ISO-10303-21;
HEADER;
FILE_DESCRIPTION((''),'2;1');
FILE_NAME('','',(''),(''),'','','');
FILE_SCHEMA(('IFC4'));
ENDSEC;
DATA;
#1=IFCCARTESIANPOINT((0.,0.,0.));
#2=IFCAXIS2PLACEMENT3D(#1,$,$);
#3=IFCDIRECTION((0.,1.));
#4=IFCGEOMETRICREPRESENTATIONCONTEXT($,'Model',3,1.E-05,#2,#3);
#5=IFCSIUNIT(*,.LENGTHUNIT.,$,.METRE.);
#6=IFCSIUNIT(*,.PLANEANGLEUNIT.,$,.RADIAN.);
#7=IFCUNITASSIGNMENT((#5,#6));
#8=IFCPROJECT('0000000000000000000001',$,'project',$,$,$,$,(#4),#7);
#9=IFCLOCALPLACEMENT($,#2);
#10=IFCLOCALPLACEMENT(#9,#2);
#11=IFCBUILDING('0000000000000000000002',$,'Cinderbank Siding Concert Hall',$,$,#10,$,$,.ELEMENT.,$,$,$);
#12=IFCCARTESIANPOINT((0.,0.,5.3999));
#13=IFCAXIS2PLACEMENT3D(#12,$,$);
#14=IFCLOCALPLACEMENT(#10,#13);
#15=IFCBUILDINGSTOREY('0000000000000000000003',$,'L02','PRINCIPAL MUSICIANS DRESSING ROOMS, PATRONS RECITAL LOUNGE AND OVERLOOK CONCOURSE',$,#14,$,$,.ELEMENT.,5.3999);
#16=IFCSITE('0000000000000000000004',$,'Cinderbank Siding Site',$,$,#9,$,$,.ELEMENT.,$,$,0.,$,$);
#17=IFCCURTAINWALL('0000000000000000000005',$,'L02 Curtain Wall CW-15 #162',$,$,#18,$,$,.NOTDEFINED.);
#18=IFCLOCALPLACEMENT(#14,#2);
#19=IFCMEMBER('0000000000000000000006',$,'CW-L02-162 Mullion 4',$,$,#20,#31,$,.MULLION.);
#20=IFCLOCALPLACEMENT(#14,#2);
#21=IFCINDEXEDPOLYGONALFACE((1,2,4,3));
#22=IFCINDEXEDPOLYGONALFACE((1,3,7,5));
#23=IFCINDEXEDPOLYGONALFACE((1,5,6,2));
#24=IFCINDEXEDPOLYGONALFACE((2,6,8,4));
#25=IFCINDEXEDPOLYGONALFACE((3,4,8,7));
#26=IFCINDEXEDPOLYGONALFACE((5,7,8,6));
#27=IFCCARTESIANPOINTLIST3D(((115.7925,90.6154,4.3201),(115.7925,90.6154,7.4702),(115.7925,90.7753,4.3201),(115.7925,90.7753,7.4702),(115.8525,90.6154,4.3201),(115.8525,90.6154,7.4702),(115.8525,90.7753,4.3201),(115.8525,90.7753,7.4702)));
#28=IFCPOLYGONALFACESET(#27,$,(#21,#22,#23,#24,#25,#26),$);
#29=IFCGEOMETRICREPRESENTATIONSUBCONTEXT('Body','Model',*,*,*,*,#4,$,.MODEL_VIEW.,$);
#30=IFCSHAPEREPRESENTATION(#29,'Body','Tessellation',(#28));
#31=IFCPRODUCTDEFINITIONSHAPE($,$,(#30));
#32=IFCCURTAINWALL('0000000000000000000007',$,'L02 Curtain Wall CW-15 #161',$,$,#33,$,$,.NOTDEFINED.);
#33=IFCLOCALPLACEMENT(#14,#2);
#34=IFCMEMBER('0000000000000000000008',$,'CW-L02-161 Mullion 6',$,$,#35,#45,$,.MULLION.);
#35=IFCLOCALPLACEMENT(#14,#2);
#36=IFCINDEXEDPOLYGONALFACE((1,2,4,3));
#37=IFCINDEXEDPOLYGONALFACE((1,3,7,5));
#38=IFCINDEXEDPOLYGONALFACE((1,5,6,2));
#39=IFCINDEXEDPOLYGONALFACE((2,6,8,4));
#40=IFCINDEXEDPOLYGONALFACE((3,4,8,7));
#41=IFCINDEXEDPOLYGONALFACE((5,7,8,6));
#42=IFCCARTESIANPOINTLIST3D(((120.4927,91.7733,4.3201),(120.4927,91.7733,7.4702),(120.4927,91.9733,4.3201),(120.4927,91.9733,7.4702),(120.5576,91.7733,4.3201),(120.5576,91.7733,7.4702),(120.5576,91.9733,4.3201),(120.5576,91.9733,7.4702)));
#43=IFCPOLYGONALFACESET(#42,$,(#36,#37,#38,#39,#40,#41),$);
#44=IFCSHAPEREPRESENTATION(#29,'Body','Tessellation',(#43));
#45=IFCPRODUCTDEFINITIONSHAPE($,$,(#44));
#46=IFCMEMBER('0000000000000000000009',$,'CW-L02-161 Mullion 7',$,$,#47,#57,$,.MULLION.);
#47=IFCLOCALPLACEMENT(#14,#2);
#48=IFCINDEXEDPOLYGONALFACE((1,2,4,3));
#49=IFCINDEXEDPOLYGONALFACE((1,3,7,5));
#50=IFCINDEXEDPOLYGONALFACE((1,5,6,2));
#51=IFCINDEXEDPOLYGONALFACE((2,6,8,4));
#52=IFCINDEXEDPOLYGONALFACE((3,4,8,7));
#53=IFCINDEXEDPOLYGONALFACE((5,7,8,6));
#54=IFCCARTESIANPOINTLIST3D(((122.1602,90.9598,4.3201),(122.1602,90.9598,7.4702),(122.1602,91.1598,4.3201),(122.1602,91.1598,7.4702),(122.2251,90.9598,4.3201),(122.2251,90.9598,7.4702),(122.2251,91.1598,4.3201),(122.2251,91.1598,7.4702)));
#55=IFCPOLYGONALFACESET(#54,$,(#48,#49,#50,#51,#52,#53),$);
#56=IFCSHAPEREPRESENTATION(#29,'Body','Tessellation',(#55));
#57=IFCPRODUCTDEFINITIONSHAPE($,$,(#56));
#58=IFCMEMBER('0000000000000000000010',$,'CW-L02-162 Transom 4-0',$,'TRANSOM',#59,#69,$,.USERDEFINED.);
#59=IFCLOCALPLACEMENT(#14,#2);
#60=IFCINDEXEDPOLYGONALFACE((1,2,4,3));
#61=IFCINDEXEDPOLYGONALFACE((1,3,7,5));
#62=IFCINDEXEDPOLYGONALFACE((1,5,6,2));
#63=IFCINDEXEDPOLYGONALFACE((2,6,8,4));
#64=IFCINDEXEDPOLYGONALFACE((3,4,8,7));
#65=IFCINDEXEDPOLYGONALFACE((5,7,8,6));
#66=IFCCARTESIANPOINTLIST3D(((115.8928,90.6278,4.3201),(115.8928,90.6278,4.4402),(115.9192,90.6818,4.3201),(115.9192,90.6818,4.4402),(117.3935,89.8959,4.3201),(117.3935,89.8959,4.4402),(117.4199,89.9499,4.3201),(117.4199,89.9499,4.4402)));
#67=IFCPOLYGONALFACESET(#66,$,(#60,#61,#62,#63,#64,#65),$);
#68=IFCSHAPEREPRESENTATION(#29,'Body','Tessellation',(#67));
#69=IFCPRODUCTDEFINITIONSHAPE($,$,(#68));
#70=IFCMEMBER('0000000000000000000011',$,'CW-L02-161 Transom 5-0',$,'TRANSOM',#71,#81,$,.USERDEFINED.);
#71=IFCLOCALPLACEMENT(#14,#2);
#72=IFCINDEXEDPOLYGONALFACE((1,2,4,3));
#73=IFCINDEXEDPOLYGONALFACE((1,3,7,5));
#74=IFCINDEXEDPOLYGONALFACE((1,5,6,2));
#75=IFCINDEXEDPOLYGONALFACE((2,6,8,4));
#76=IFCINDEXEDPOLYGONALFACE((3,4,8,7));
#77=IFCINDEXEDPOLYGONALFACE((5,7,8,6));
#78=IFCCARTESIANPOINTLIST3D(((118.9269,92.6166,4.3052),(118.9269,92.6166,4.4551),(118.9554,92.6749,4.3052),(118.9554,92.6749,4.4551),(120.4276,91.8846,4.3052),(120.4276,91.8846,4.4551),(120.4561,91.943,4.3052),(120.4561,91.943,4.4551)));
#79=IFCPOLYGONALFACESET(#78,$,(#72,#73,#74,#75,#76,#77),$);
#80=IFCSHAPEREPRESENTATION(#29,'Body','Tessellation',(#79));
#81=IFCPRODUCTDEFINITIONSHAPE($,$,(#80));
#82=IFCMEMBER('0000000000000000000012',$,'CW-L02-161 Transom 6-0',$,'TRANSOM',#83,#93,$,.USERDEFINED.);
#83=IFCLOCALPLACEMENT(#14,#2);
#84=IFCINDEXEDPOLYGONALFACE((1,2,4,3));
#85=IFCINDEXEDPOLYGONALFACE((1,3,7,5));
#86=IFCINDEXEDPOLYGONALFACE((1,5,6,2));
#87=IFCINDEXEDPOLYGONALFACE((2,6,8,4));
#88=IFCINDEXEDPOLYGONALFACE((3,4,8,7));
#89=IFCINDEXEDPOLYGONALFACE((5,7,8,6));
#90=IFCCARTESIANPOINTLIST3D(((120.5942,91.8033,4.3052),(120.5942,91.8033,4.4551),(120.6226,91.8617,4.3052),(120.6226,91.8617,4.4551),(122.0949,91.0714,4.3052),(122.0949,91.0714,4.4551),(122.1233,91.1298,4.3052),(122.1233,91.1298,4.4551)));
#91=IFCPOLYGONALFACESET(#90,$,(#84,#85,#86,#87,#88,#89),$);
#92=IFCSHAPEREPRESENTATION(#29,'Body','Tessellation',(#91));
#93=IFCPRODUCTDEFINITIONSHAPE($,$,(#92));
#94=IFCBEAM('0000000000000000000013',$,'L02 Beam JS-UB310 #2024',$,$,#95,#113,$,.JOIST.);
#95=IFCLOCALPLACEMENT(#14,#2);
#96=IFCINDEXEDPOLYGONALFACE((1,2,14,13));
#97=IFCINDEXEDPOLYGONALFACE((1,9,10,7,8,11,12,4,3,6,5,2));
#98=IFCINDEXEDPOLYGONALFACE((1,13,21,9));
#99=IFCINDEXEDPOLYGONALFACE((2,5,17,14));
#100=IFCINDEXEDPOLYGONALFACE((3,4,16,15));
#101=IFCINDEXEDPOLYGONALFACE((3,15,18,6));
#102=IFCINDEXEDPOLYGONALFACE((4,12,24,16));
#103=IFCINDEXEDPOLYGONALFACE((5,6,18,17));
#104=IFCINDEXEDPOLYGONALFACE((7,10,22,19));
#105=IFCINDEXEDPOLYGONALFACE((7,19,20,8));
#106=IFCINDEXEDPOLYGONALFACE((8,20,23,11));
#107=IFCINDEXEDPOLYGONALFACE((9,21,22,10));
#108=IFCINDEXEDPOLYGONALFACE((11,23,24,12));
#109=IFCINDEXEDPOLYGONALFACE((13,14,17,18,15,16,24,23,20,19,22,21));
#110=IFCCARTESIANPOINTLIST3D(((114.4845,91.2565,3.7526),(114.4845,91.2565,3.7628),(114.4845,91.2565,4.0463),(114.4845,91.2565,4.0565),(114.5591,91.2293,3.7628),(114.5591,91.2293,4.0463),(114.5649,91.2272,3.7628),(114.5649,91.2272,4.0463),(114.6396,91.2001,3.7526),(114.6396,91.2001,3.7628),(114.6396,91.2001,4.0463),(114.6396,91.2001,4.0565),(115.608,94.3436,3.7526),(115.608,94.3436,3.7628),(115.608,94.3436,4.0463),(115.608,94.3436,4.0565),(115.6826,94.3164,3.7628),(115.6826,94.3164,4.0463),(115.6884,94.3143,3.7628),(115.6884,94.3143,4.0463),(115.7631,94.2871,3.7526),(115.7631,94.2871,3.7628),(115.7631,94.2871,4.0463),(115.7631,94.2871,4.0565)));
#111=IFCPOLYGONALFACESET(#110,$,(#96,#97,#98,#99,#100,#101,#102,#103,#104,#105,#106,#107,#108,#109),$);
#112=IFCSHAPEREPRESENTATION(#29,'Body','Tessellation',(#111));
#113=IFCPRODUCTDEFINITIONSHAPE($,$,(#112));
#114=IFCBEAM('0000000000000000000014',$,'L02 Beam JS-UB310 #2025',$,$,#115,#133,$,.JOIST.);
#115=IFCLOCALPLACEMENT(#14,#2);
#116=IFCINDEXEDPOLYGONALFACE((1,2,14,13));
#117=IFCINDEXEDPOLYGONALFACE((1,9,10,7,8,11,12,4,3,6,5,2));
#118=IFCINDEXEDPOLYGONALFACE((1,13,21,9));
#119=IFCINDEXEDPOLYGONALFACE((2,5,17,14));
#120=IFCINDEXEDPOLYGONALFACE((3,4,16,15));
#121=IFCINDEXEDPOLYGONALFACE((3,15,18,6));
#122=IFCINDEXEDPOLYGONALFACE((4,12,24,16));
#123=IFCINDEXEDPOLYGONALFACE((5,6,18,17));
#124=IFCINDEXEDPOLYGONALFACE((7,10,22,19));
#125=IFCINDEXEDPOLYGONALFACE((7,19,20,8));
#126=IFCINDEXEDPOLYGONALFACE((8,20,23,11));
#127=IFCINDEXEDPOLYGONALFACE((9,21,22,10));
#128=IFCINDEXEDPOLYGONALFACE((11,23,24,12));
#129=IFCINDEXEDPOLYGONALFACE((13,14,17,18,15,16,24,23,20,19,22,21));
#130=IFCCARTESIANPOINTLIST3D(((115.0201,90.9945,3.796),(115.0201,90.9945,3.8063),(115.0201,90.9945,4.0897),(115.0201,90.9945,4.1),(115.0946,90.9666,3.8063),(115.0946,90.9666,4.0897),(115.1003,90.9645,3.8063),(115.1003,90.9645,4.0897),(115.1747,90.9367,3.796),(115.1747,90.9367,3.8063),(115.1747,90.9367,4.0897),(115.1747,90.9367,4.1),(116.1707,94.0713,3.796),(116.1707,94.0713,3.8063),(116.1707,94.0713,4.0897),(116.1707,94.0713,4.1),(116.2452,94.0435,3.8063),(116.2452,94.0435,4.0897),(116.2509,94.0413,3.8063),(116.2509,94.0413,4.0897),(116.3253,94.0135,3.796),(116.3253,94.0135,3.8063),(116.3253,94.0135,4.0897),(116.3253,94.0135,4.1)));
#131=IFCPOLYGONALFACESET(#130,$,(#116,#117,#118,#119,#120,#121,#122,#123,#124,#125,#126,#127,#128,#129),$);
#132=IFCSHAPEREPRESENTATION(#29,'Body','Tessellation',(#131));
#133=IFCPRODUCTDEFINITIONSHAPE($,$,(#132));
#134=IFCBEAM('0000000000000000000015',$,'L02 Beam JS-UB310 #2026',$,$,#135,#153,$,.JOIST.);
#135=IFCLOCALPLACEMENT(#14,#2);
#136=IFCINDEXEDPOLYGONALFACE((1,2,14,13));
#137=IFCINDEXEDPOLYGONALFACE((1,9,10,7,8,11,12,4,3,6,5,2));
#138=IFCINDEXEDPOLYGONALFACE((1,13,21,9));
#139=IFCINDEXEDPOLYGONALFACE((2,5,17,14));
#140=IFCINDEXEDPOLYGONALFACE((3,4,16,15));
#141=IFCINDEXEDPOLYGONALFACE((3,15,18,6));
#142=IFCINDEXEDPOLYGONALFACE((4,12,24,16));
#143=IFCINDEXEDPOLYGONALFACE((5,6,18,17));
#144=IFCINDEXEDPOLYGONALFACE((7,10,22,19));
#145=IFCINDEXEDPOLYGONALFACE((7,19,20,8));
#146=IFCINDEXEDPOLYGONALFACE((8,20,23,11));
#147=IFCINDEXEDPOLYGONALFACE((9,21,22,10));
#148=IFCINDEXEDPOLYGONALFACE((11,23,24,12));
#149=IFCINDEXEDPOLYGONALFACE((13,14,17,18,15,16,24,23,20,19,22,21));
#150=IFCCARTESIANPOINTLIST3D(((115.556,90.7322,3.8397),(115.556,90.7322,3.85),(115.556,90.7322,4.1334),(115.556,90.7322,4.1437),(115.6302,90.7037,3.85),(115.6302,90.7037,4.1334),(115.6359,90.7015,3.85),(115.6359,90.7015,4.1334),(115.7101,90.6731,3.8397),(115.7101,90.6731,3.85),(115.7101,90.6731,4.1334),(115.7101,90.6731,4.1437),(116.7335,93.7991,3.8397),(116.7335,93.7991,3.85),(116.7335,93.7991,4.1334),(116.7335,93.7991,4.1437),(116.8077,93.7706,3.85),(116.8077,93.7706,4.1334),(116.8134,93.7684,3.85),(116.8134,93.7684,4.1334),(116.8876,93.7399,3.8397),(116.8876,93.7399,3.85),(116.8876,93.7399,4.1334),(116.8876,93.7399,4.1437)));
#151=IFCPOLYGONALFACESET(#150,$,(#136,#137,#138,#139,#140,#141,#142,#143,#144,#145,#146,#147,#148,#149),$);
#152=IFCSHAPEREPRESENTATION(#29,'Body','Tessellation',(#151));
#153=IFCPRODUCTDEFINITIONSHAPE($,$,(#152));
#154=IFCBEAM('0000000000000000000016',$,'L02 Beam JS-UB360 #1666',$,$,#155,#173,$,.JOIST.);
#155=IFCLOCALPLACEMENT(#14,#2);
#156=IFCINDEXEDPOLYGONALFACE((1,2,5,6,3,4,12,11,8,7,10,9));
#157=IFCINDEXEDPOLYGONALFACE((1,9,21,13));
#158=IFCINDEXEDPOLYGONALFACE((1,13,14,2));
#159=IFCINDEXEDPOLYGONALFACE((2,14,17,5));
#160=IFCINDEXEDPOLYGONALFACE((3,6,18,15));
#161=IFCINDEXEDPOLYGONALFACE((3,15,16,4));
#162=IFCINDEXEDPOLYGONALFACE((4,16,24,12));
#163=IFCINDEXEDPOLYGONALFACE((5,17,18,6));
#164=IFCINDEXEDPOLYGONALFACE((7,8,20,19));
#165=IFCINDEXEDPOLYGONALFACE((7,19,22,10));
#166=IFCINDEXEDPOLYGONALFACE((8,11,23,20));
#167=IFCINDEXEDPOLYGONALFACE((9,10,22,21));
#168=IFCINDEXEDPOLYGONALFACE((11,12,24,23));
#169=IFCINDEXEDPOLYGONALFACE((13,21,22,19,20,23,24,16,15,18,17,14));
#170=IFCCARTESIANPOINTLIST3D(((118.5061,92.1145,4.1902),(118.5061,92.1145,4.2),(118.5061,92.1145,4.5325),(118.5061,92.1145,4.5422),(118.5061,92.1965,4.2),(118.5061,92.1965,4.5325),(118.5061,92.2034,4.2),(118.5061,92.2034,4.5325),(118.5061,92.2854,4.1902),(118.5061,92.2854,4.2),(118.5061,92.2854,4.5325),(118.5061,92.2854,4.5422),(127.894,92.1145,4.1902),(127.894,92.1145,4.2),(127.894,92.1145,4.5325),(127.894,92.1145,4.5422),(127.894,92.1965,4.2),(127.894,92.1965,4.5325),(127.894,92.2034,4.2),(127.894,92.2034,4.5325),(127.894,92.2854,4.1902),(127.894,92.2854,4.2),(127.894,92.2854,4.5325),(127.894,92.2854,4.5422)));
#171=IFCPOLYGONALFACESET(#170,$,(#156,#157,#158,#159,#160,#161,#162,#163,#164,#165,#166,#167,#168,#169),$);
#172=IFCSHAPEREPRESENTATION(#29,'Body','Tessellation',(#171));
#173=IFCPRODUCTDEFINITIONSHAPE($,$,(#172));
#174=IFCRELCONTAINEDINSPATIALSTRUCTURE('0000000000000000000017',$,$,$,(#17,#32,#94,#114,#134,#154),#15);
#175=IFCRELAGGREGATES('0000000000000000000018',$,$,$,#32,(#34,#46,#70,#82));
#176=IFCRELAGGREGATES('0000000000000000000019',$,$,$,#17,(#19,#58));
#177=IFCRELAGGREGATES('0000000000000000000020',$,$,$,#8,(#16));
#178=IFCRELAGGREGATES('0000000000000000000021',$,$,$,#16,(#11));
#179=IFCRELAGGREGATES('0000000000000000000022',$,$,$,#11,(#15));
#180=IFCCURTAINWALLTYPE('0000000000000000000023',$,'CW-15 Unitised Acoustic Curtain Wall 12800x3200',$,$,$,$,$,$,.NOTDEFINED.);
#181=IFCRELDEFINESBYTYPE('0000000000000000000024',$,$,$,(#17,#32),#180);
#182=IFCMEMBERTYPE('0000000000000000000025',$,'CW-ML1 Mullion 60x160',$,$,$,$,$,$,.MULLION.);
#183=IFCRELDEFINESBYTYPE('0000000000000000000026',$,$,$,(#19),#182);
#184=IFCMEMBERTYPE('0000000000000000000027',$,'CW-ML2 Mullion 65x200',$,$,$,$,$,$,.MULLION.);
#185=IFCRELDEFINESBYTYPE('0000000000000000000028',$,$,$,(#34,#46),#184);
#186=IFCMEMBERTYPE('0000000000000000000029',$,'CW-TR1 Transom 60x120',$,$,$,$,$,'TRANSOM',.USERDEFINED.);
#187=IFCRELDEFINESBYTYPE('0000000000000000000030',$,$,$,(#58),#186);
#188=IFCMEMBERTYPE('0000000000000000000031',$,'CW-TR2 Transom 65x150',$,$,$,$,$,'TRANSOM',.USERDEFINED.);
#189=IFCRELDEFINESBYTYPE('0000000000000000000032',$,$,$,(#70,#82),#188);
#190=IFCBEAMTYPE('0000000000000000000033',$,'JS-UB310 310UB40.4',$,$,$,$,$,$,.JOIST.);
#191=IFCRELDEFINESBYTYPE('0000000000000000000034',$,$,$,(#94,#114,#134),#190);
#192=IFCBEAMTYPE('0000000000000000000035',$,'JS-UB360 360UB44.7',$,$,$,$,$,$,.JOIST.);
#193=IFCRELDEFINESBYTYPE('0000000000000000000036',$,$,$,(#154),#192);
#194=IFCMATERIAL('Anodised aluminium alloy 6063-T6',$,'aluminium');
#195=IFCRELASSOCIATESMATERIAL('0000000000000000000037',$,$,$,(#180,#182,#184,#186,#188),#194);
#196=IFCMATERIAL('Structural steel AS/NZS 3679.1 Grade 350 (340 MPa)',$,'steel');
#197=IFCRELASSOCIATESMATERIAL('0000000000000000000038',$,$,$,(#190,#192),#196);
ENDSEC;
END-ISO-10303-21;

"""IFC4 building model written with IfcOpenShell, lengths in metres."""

from ifc_helpers import new_model, si_unit, direction, frame, origin, origin_2d, place, context, subcontext, project, spatial, rectangle, i_section, extrude, material, material_profile, profile_set, type_object, element, aggregate, save


model = new_model("IFC4")

# Units and contexts
model_context = context("Model", 3, precision=1e-05, world=origin(), true_north=direction((0.0, 1.0)))
body_context = subcontext(model_context, "Body", "Model", "MODEL_VIEW")
ifc_project = project(units=[si_unit("LENGTHUNIT", "METRE"), si_unit("PLANEANGLEUNIT", "RADIAN")], contexts=[model_context])

# Site, building, storey
site_placement = place(None, origin())
site = spatial("IfcSite", under=ifc_project, at=site_placement, Name="Cinderbank Siding Site", CompositionType="ELEMENT", RefElevation=0.0)
building_placement = place(site_placement, origin())
building = spatial("IfcBuilding", under=site, at=building_placement, Name="Cinderbank Siding Concert Hall", CompositionType="ELEMENT")
storey_placement = place(building_placement, frame((0.0, 0.0, 5.3999)))
storey = spatial("IfcBuildingStorey", under=building, at=storey_placement, Name="L02", Description="PRINCIPAL MUSICIANS DRESSING ROOMS, PATRONS RECITAL LOUNGE AND OVERLOOK CONCOURSE", CompositionType="ELEMENT", Elevation=5.3999)

# Curtain wall, member
ifc_material_1 = material(Name="Anodised aluminium alloy 6063-T6", Category="aluminium")
curtain_wall_type = type_object("IfcCurtainWallType", Name="CW-15 Unitised Acoustic Curtain Wall 12800x3200", PredefinedType="NOTDEFINED", material=ifc_material_1)
curtain_wall_1_placement = place(storey_placement, origin())
curtain_wall_1 = element("IfcCurtainWall", 1, at=curtain_wall_1_placement, inside=storey, type_object=curtain_wall_type, Name="L02 Curtain Wall CW-15 #162", PredefinedType="NOTDEFINED")
ifc_material_profile_1 = material_profile(ifc_material_1, rectangle(XDim=0.0601, YDim=0.1599, at=origin_2d()), Name="ALU-MULL-60x160", Category="LoadBearing")
ifc_profile_set_1 = profile_set([ifc_material_profile_1], Name="Anodised aluminium alloy 6063-T6")
member_type_1 = type_object("IfcMemberType", Name="CW-ML1 Mullion 60x160", PredefinedType="MULLION", material=ifc_profile_set_1)
member_1_placement = place(storey_placement, frame((115.8225, 90.6953, 4.3201), z_axis=(0.0, 0.0, 1.0), x_axis=(1.0, 0.0, 0.0)))
member_1 = element("IfcMember", 2, at=member_1_placement, type_object=member_type_1, Name="CW-L02-162 Mullion 4", PredefinedType="MULLION", context=body_context, shape_type="SweptSolid", body=[
    extrude(rectangle(XDim=0.0601, YDim=0.1599, at=origin_2d()), origin(), (0.0, 0.0, 1.0), 3.1501),
])

# Curtain wall, members
curtain_wall_2_placement = place(storey_placement, origin())
curtain_wall_2 = element("IfcCurtainWall", 3, at=curtain_wall_2_placement, inside=storey, type_object=curtain_wall_type, Name="L02 Curtain Wall CW-15 #161", PredefinedType="NOTDEFINED")
ifc_material_profile_2 = material_profile(ifc_material_1, rectangle(XDim=0.0649, YDim=0.2, at=origin_2d()), Name="ALU-MULL-65x200", Category="LoadBearing")
ifc_profile_set_2 = profile_set([ifc_material_profile_2], Name="Anodised aluminium alloy 6063-T6")
member_type_2 = type_object("IfcMemberType", Name="CW-ML2 Mullion 65x200", PredefinedType="MULLION", material=ifc_profile_set_2)
member_2_placement = place(storey_placement, frame((120.5251, 91.8733, 4.3201), z_axis=(0.0, 0.0, 1.0), x_axis=(1.0, 0.0, 0.0)))
member_2 = element("IfcMember", 4, at=member_2_placement, type_object=member_type_2, Name="CW-L02-161 Mullion 6", PredefinedType="MULLION", context=body_context, shape_type="SweptSolid", body=[
    extrude(rectangle(XDim=0.0649, YDim=0.2, at=origin_2d()), origin(), (0.0, 0.0, 1.0), 3.1501),
])
member_3_placement = place(storey_placement, frame((122.1926, 91.0598, 4.3201), z_axis=(0.0, 0.0, 1.0), x_axis=(1.0, 0.0, 0.0)))
member_3 = element("IfcMember", 5, at=member_3_placement, type_object=member_type_2, Name="CW-L02-161 Mullion 7", PredefinedType="MULLION", context=body_context, shape_type="SweptSolid", body=[
    extrude(rectangle(XDim=0.0649, YDim=0.2, at=origin_2d()), origin(), (0.0, 0.0, 1.0), 3.1501),
])

# Members
ifc_material_profile_3 = material_profile(ifc_material_1, rectangle(XDim=0.0601, YDim=0.1201, at=origin_2d()), Name="ALU-TRAN-60x120", Category="LoadBearing")
ifc_profile_set_3 = profile_set([ifc_material_profile_3], Name="Anodised aluminium alloy 6063-T6")
member_type_3 = type_object("IfcMemberType", Name="CW-TR1 Transom 60x120", ElementType="TRANSOM", PredefinedType="USERDEFINED", material=ifc_profile_set_3)
member_4_placement = place(storey_placement, frame((115.906, 90.6548, 4.3801), z_axis=(0.898799, -0.43836, 0.0), x_axis=(0.43836, 0.898799, 0.0)))
member_4 = element("IfcMember", 6, at=member_4_placement, type_object=member_type_3, Name="CW-L02-162 Transom 4-0", ObjectType="TRANSOM", PredefinedType="USERDEFINED", context=body_context, shape_type="SweptSolid", body=[
    extrude(rectangle(XDim=0.0601, YDim=0.1201, at=origin_2d()), origin(), (0.0, 0.0, 1.0), 1.6697),
])
ifc_material_profile_4 = material_profile(ifc_material_1, rectangle(XDim=0.0649, YDim=0.1499, at=origin_2d()), Name="ALU-TRAN-65x150", Category="LoadBearing")
ifc_profile_set_4 = profile_set([ifc_material_profile_4], Name="Anodised aluminium alloy 6063-T6")
member_type_4 = type_object("IfcMemberType", Name="CW-TR2 Transom 65x150", ElementType="TRANSOM", PredefinedType="USERDEFINED", material=ifc_profile_set_4)
member_5_placement = place(storey_placement, frame((118.9412, 92.6458, 4.3801), z_axis=(0.898799, -0.43836, 0.0), x_axis=(0.43836, 0.898799, 0.0)))
member_5 = element("IfcMember", 7, at=member_5_placement, type_object=member_type_4, Name="CW-L02-161 Transom 5-0", ObjectType="TRANSOM", PredefinedType="USERDEFINED", context=body_context, shape_type="SweptSolid", body=[
    extrude(rectangle(XDim=0.0649, YDim=0.1499, at=origin_2d()), origin(), (0.0, 0.0, 1.0), 1.6697),
])
member_6_placement = place(storey_placement, frame((120.6084, 91.8325, 4.3801), z_axis=(0.898799, -0.43836, 0.0), x_axis=(0.43836, 0.898799, 0.0)))
member_6 = element("IfcMember", 8, at=member_6_placement, type_object=member_type_4, Name="CW-L02-161 Transom 6-0", ObjectType="TRANSOM", PredefinedType="USERDEFINED", context=body_context, shape_type="SweptSolid", body=[
    extrude(rectangle(XDim=0.0649, YDim=0.1499, at=origin_2d()), origin(), (0.0, 0.0, 1.0), 1.6697),
])

# Beams
ifc_material_2 = material(Name="Structural steel AS/NZS 3679.1 Grade 350 (340 MPa)", Category="steel")
ifc_material_profile_5 = material_profile(ifc_material_2, i_section(OverallWidth=0.165, OverallDepth=0.304, WebThickness=0.0061, FlangeThickness=0.0103, at=origin_2d()), Name="310UB40.4", Category="LoadBearing")
ifc_profile_set_5 = profile_set([ifc_material_profile_5], Name="Structural steel AS/NZS 3679.1 Grade 350 (340 MPa)")
beam_type_1 = type_object("IfcBeamType", Name="JS-UB310 310UB40.4", PredefinedType="JOIST", material=ifc_profile_set_5)
beam_1_placement = place(storey_placement, frame((114.562, 91.2283, 3.9045), z_axis=(0.341994, 0.939702, 0.0), x_axis=(-0.939702, 0.341994, 0.0)))
element("IfcBeam", 9, at=beam_1_placement, inside=storey, type_object=beam_type_1, Name="L02 Beam JS-UB310 #2024", PredefinedType="JOIST", context=body_context, shape_type="SweptSolid", body=[
    extrude(i_section(OverallWidth=0.165, OverallDepth=0.304, WebThickness=0.0061, FlangeThickness=0.0103, at=origin_2d()), origin(), (0.0, 0.0, 1.0), 3.2852),
])
beam_2_placement = place(storey_placement, frame((115.0974, 90.9656, 3.948), z_axis=(0.350268, 0.936649, 0.0), x_axis=(-0.936649, 0.350268, 0.0)))
element("IfcBeam", 10, at=beam_2_placement, inside=storey, type_object=beam_type_1, Name="L02 Beam JS-UB310 #2025", PredefinedType="JOIST", context=body_context, shape_type="SweptSolid", body=[
    extrude(i_section(OverallWidth=0.165, OverallDepth=0.304, WebThickness=0.0061, FlangeThickness=0.0103, at=origin_2d()), origin(), (0.0, 0.0, 1.0), 3.2849),
])
beam_3_placement = place(storey_placement, frame((115.6331, 90.7026, 3.9917), z_axis=(0.358426, 0.933558, 0.0), x_axis=(-0.933558, 0.358426, 0.0)))
element("IfcBeam", 11, at=beam_3_placement, inside=storey, type_object=beam_type_1, Name="L02 Beam JS-UB310 #2026", PredefinedType="JOIST", context=body_context, shape_type="SweptSolid", body=[
    extrude(i_section(OverallWidth=0.165, OverallDepth=0.304, WebThickness=0.0061, FlangeThickness=0.0103, at=origin_2d()), origin(), (0.0, 0.0, 1.0), 3.2852),
])
ifc_material_profile_6 = material_profile(ifc_material_2, i_section(OverallWidth=0.1709, OverallDepth=0.3521, WebThickness=0.0068, FlangeThickness=0.0098, at=origin_2d()), Name="360UB44.7", Category="LoadBearing")
ifc_profile_set_6 = profile_set([ifc_material_profile_6], Name="Structural steel AS/NZS 3679.1 Grade 350 (340 MPa)")
beam_type_2 = type_object("IfcBeamType", Name="JS-UB360 360UB44.7", PredefinedType="JOIST", material=ifc_profile_set_6)
beam_4_placement = place(storey_placement, frame((118.5061, 92.2, 4.3662), z_axis=(1.0, 0.0, 0.0), x_axis=(0.0, 1.0, 0.0)))
element("IfcBeam", 12, at=beam_4_placement, inside=storey, type_object=beam_type_2, Name="L02 Beam JS-UB360 #1666", PredefinedType="JOIST", context=body_context, shape_type="SweptSolid", body=[
    extrude(i_section(OverallWidth=0.1709, OverallDepth=0.3521, WebThickness=0.0068, FlangeThickness=0.0098, at=origin_2d()), origin(), (0.0, 0.0, 1.0), 9.3879),
])

aggregate(curtain_wall_2, [member_2, member_3, member_5, member_6])
aggregate(curtain_wall_1, [member_1, member_4])

save(model, "model.ifc")
